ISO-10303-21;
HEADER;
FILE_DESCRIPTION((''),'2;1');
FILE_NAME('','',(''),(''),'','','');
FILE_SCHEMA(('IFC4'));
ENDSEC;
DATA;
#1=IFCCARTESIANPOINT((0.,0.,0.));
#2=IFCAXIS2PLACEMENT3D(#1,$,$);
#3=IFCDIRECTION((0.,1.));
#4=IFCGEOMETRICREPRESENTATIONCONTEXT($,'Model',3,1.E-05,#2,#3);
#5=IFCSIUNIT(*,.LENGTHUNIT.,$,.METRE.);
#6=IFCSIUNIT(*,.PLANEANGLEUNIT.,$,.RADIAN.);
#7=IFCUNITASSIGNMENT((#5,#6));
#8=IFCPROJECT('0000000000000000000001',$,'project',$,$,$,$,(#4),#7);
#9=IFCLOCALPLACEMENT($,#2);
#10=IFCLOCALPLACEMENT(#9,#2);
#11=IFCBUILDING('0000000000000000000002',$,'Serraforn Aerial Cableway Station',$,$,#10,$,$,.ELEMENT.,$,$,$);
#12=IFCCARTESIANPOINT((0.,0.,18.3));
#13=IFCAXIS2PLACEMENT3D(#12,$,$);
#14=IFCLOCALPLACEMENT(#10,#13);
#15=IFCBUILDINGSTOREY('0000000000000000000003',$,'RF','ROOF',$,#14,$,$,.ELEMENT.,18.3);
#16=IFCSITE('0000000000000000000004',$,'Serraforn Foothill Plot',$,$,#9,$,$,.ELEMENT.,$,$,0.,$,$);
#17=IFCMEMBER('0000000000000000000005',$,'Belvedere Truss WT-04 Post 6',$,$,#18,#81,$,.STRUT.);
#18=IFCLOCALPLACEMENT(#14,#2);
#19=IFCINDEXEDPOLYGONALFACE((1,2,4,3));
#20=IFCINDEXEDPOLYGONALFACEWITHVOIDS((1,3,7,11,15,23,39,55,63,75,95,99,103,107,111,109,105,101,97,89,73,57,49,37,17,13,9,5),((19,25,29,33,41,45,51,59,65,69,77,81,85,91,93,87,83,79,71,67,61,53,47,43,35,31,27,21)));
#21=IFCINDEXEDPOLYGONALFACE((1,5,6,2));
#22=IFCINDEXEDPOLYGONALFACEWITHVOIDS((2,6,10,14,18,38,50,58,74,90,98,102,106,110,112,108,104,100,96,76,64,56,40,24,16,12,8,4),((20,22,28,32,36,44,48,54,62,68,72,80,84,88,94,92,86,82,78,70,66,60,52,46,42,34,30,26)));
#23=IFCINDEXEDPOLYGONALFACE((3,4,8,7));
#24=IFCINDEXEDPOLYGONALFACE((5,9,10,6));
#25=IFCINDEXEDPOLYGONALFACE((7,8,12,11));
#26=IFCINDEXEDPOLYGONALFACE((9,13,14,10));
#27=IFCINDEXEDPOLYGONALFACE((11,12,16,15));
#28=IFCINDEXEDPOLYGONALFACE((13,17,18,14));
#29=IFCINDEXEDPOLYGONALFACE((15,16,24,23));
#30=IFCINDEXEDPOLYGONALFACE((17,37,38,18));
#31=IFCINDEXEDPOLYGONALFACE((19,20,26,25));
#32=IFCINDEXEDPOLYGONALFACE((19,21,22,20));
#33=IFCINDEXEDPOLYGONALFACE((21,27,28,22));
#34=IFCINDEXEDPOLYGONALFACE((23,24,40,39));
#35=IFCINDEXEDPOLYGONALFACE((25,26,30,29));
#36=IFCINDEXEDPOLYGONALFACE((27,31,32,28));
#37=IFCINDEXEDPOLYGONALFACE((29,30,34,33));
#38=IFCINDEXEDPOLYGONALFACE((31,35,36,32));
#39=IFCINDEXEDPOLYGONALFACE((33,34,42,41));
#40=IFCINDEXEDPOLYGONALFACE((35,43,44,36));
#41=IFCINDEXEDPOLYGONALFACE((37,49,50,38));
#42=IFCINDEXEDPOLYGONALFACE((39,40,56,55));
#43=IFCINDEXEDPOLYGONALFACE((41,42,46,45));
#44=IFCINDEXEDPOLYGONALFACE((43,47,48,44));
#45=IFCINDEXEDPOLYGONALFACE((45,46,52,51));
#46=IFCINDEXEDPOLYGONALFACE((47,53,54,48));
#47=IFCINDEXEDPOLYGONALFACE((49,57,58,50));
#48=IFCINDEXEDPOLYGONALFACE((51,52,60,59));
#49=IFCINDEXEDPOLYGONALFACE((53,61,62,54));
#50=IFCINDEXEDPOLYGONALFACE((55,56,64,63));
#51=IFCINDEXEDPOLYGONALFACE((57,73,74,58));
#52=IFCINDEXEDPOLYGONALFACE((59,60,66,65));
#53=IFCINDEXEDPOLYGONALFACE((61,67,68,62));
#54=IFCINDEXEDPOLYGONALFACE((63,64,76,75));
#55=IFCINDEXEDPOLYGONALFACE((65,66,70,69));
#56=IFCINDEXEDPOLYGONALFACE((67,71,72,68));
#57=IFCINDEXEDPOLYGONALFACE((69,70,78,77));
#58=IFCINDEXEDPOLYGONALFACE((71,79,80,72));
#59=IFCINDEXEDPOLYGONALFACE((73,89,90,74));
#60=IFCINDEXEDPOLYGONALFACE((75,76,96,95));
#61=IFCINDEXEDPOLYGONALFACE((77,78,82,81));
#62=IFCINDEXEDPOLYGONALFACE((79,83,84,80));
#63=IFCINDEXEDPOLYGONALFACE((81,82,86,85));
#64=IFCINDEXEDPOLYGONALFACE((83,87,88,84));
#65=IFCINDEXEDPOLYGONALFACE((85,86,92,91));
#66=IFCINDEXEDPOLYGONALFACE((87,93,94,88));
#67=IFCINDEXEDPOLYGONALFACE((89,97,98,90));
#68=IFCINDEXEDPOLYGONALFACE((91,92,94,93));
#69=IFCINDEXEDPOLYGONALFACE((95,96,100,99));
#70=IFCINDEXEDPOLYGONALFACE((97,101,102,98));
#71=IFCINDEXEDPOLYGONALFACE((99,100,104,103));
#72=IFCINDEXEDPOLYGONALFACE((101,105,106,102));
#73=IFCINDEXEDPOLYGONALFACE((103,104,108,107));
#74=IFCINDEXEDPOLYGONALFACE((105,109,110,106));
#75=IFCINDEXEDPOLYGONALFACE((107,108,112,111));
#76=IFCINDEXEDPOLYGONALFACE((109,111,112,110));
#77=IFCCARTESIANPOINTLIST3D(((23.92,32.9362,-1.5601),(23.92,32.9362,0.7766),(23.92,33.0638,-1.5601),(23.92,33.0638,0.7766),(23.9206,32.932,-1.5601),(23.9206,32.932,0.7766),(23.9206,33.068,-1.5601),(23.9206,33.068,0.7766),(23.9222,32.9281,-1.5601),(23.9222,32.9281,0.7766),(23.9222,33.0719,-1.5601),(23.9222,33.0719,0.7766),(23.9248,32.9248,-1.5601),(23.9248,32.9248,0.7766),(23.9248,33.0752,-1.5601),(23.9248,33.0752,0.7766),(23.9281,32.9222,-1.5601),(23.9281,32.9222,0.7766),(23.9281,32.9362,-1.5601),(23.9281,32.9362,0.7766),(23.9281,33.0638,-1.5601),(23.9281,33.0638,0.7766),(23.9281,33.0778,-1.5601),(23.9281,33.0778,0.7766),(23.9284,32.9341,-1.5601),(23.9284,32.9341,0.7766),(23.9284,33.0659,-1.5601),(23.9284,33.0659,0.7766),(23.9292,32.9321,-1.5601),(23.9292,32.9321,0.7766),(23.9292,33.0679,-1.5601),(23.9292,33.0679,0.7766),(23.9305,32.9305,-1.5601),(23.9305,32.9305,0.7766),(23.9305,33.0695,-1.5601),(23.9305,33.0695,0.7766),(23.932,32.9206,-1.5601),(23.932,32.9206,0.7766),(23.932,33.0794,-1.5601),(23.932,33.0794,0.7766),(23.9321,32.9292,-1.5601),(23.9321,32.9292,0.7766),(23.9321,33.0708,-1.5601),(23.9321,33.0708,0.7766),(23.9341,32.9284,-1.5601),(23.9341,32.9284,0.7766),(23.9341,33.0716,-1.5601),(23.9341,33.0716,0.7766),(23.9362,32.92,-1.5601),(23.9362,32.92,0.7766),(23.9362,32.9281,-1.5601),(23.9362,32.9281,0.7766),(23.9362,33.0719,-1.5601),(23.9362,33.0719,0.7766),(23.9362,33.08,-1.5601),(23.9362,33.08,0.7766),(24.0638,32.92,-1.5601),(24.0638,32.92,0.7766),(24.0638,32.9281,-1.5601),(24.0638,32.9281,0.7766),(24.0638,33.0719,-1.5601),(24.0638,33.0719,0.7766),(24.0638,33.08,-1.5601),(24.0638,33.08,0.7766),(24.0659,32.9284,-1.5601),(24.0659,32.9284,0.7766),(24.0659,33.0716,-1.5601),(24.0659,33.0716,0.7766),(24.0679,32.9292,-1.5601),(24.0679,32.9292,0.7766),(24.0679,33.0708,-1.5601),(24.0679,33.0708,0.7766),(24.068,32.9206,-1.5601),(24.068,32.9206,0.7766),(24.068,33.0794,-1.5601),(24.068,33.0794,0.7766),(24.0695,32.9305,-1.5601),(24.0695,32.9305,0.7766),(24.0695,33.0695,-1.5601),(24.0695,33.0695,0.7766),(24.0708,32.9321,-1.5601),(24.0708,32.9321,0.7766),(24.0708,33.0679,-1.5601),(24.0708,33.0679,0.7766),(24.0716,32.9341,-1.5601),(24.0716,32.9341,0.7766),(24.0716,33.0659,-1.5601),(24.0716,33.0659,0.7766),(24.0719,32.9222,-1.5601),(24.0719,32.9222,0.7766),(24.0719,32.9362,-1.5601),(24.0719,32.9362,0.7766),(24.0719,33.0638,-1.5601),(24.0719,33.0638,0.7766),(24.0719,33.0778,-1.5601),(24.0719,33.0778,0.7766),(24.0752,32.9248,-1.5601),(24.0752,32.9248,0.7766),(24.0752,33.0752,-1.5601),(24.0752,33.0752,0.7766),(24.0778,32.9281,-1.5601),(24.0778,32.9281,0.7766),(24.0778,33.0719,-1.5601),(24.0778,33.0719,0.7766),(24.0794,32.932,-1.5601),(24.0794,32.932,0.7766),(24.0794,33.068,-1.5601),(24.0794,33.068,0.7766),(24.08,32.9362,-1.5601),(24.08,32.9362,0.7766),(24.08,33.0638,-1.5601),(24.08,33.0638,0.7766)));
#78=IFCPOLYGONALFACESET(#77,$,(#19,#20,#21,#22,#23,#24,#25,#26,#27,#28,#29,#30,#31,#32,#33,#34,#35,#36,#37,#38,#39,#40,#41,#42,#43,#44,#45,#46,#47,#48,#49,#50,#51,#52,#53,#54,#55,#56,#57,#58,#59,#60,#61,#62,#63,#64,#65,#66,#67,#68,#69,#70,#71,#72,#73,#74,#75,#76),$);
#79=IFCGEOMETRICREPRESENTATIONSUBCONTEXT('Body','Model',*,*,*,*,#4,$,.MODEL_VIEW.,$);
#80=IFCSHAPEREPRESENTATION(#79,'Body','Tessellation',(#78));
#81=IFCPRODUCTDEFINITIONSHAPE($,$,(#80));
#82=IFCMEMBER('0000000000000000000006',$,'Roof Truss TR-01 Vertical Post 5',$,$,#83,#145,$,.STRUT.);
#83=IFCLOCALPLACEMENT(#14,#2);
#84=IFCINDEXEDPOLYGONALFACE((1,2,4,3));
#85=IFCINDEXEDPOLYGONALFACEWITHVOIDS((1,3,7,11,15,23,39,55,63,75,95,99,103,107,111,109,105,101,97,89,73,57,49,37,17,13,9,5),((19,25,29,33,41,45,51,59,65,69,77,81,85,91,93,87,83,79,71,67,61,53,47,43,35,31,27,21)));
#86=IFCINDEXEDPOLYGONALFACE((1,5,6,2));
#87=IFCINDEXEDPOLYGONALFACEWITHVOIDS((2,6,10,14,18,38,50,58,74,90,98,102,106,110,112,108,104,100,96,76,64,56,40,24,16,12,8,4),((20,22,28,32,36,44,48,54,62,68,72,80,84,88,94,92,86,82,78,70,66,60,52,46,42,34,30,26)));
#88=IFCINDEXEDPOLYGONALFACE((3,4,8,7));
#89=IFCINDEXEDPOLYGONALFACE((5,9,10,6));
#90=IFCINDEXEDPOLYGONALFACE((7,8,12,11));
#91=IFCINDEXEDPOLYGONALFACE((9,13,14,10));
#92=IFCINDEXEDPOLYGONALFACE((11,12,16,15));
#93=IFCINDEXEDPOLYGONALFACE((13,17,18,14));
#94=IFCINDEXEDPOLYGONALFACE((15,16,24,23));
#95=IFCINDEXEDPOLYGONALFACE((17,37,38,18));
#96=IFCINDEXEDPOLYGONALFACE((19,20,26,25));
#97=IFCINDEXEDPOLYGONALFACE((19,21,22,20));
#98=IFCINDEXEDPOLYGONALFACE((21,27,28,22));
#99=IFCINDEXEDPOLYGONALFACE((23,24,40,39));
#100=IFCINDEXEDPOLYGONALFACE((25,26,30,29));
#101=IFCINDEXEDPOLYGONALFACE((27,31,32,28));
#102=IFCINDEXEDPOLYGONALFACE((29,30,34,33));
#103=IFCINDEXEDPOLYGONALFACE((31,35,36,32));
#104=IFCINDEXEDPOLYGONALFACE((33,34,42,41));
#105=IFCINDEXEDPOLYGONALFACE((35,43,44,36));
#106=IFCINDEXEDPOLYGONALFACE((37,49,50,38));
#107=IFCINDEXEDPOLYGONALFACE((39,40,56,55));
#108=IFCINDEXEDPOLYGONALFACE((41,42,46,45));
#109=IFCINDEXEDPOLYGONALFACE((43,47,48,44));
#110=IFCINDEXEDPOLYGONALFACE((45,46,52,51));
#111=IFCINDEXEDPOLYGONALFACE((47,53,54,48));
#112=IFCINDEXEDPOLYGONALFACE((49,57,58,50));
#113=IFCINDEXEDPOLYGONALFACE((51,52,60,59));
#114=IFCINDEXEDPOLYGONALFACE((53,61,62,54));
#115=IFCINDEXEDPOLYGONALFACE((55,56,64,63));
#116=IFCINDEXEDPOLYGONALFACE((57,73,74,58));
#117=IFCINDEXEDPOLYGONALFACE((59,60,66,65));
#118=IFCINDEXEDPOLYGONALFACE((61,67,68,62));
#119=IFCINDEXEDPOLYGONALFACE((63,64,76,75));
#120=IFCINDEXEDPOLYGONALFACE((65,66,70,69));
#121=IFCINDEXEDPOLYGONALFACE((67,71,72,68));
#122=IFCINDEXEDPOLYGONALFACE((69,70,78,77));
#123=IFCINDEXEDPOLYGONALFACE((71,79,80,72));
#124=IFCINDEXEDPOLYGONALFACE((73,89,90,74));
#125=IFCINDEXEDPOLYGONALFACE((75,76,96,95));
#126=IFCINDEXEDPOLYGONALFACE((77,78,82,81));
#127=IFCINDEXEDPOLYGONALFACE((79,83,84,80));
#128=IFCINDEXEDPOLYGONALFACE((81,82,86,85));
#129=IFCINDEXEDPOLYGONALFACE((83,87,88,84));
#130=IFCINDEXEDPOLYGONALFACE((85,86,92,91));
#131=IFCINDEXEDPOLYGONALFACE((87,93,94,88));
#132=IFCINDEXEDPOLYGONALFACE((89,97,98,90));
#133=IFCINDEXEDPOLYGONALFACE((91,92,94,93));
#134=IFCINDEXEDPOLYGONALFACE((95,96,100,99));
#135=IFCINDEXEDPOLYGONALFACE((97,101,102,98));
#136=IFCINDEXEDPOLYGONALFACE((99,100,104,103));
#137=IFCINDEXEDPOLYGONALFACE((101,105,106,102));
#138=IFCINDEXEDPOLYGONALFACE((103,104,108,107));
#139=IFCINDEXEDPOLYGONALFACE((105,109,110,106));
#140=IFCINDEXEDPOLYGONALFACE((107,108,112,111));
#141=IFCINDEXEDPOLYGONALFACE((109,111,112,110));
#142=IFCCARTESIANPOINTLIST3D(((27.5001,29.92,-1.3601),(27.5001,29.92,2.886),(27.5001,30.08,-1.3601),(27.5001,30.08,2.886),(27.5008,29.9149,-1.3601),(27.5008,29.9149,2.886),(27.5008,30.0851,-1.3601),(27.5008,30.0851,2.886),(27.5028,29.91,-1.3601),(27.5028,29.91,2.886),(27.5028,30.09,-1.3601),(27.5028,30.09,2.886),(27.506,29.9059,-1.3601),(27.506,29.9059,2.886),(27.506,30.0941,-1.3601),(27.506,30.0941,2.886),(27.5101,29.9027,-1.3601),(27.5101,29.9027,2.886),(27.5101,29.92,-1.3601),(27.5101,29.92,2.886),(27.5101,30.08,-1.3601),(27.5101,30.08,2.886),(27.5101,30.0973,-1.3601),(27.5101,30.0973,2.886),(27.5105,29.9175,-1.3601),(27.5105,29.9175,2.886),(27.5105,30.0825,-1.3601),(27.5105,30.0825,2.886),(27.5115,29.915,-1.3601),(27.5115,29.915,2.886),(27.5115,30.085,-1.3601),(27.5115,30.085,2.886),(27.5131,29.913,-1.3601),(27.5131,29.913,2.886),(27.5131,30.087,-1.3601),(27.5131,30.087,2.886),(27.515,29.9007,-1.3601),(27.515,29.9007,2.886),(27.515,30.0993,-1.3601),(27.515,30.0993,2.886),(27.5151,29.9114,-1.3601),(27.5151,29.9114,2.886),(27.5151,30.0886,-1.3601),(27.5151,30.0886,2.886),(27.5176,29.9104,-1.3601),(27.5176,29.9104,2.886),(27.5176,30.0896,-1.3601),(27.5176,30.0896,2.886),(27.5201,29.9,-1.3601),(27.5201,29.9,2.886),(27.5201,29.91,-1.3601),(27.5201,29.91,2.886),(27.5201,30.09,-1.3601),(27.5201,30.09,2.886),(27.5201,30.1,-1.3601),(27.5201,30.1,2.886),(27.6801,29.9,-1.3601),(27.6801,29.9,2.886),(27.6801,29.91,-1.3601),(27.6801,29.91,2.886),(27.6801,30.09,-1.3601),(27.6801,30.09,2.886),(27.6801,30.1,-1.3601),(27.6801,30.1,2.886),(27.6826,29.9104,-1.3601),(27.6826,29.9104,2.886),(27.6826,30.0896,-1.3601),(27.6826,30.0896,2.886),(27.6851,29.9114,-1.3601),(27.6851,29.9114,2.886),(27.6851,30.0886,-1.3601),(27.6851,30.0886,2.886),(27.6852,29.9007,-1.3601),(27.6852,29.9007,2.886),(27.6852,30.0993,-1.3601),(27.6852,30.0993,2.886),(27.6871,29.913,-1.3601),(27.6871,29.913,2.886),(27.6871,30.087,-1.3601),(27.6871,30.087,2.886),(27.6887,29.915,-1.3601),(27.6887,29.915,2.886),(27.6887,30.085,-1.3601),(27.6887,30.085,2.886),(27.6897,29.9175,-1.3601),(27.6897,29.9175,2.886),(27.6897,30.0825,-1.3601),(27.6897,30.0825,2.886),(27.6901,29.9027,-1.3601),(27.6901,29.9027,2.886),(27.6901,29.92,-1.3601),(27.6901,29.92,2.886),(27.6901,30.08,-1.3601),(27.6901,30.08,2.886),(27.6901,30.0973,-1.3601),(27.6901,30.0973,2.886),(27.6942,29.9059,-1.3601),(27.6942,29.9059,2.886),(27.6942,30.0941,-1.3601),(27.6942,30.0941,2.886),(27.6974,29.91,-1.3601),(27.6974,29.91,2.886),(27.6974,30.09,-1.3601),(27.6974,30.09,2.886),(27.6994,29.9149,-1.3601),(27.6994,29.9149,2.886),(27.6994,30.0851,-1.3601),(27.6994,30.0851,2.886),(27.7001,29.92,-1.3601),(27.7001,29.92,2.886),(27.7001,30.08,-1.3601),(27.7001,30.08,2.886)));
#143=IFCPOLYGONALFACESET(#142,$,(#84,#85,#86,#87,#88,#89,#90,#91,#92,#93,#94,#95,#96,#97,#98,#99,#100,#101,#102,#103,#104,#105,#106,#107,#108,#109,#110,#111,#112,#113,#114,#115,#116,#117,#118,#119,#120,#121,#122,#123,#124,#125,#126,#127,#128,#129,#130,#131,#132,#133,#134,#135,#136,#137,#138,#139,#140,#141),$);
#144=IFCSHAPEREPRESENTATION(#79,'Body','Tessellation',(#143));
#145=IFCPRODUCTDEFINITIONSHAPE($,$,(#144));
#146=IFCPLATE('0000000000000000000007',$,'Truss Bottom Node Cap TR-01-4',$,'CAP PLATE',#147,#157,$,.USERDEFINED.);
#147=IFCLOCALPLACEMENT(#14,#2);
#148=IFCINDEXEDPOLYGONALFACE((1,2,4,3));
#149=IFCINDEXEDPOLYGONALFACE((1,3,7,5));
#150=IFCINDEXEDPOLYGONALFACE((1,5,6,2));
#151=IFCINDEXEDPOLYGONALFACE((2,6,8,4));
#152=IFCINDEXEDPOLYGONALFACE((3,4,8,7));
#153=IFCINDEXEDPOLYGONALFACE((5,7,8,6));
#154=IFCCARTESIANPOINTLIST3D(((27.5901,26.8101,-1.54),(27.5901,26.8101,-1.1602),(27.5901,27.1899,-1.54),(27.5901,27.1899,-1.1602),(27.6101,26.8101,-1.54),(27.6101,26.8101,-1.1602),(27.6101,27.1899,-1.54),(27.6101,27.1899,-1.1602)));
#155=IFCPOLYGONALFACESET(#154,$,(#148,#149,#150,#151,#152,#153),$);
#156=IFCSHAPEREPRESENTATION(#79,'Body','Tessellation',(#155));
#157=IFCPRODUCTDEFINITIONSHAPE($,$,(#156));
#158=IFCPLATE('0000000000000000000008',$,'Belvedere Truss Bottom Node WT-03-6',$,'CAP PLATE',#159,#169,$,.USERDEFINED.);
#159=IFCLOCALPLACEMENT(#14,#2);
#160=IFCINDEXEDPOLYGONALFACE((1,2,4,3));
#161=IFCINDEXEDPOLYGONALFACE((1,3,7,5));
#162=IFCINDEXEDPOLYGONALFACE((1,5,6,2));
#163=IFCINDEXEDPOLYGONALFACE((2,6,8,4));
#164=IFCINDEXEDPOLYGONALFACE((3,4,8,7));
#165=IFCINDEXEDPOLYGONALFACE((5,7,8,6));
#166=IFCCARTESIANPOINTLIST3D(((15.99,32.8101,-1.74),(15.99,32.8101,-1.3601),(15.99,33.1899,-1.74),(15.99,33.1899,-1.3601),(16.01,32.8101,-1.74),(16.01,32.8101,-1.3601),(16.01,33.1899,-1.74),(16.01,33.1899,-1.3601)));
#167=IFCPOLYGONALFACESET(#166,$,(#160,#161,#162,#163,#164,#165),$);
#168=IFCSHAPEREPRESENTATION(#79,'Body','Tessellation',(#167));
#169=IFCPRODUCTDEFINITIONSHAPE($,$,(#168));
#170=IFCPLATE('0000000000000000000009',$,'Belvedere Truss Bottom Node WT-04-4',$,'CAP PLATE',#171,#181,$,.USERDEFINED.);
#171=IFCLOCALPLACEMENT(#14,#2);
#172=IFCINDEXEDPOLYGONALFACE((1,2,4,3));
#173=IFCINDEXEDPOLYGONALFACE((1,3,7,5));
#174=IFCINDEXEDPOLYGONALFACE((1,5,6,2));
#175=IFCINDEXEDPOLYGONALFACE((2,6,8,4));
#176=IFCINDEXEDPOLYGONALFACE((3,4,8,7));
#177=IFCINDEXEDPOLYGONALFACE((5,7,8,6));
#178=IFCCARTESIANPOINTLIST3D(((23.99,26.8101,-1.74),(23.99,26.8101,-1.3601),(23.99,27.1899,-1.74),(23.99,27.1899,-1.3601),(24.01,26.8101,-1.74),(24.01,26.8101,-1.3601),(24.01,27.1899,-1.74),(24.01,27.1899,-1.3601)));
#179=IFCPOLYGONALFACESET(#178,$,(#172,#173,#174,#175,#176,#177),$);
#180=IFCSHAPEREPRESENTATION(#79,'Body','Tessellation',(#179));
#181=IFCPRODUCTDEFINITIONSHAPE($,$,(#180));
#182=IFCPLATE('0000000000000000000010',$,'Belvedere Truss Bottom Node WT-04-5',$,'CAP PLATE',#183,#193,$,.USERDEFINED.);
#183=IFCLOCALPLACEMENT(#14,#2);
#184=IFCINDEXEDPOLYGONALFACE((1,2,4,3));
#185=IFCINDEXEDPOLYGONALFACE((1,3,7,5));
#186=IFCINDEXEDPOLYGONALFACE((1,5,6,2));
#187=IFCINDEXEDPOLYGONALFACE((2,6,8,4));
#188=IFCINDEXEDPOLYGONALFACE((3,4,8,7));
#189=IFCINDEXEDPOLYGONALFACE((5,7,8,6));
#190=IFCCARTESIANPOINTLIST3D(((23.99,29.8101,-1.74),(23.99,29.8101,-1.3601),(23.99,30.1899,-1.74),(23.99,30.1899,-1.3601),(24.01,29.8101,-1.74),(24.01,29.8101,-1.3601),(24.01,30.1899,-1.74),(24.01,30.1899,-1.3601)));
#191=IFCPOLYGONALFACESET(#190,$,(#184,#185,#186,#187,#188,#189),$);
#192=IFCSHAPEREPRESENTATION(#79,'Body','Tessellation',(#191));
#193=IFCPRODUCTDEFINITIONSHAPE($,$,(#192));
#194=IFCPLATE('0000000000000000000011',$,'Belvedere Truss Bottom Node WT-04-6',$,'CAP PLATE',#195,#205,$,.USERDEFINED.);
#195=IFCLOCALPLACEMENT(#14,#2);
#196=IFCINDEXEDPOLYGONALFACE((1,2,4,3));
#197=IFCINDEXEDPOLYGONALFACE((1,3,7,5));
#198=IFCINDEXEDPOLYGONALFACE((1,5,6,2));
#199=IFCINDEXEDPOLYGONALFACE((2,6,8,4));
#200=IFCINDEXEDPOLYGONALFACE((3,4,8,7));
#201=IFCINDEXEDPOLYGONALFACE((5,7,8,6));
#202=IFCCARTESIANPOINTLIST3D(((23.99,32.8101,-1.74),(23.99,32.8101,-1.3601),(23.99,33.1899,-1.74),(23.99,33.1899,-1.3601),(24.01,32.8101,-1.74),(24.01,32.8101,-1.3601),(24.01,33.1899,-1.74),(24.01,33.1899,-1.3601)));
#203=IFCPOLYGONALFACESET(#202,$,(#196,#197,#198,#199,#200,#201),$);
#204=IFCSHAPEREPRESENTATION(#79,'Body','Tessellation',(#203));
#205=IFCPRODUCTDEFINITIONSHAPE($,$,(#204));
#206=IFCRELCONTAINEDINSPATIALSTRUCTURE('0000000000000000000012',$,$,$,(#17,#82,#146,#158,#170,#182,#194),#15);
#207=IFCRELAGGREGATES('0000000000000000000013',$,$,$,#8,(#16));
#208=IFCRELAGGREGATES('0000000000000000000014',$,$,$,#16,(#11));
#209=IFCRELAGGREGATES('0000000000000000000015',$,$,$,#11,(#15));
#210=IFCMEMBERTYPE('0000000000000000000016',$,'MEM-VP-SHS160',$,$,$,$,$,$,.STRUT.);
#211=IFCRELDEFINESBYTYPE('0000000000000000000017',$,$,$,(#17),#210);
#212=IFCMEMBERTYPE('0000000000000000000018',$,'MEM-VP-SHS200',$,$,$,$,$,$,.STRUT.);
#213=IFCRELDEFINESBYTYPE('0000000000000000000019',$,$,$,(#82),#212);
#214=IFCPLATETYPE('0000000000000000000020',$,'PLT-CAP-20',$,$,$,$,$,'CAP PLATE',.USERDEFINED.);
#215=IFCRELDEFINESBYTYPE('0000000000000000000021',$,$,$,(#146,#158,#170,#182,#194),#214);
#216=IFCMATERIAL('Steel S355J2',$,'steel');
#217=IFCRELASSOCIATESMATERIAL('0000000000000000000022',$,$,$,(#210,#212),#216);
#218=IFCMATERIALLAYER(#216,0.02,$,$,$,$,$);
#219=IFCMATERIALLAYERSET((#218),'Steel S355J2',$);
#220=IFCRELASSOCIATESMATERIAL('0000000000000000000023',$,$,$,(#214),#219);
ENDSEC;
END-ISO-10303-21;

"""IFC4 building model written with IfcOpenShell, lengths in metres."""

from ifc_helpers import new_model, si_unit, direction, frame, origin, origin_2d, place, context, subcontext, project, spatial, rectangle, hollow_rectangle, extrude, material, layer, layer_set, material_profile, profile_set, type_object, element, save


model = new_model("IFC4")

# Units and contexts
model_context = context("Model", 3, precision=1e-05, world=origin(), true_north=direction((0.0, 1.0)))
body_context = subcontext(model_context, "Body", "Model", "MODEL_VIEW")
ifc_project = project(units=[si_unit("LENGTHUNIT", "METRE"), si_unit("PLANEANGLEUNIT", "RADIAN")], contexts=[model_context])

# Site, building, storey
site_placement = place(None, origin())
site = spatial("IfcSite", under=ifc_project, at=site_placement, Name="Serraforn Foothill Plot", CompositionType="ELEMENT", RefElevation=0.0)
building_placement = place(site_placement, origin())
building = spatial("IfcBuilding", under=site, at=building_placement, Name="Serraforn Aerial Cableway Station", CompositionType="ELEMENT")
storey_placement = place(building_placement, frame((0.0, 0.0, 18.3)))
storey = spatial("IfcBuildingStorey", under=building, at=storey_placement, Name="RF", Description="ROOF", CompositionType="ELEMENT", Elevation=18.3)

# Members
ifc_material_1 = material(Name="Steel S355J2", Category="steel")
ifc_material_profile_1 = material_profile(ifc_material_1, hollow_rectangle(XDim=0.1599, YDim=0.1599, WallThickness=0.0081, InnerFilletRadius=0.0081, OuterFilletRadius=0.0161, at=origin_2d()), Name="SHS 160x160x8.0")
ifc_profile_set_1 = profile_set([ifc_material_profile_1], Name="Steel S355J2")
member_type_1 = type_object("IfcMemberType", Name="MEM-VP-SHS160", PredefinedType="STRUT", material=ifc_profile_set_1)
member_1_placement = place(storey_placement, frame((24.0, 33.0, -1.5601), z_axis=(0.0, 0.0, 1.0), x_axis=(1.0, 0.0, 0.0)))
element("IfcMember", 1, at=member_1_placement, inside=storey, type_object=member_type_1, Name="Belvedere Truss WT-04 Post 6", PredefinedType="STRUT", context=body_context, shape_type="SweptSolid", body=[
    extrude(hollow_rectangle(XDim=0.1599, YDim=0.1599, WallThickness=0.0081, InnerFilletRadius=0.0081, OuterFilletRadius=0.0161, at=origin_2d()), origin(), (0.0, 0.0, 1.0), 2.3367),
])
ifc_material_profile_2 = material_profile(ifc_material_1, hollow_rectangle(XDim=0.2, YDim=0.2, WallThickness=0.01, InnerFilletRadius=0.01, OuterFilletRadius=0.02, at=origin_2d()), Name="SHS 200x200x10.0")
ifc_profile_set_2 = profile_set([ifc_material_profile_2], Name="Steel S355J2")
member_type_2 = type_object("IfcMemberType", Name="MEM-VP-SHS200", PredefinedType="STRUT", material=ifc_profile_set_2)
member_2_placement = place(storey_placement, frame((27.6001, 30.0, -1.3601), z_axis=(0.0, 0.0, 1.0), x_axis=(1.0, 0.0, 0.0)))
element("IfcMember", 2, at=member_2_placement, inside=storey, type_object=member_type_2, Name="Roof Truss TR-01 Vertical Post 5", PredefinedType="STRUT", context=body_context, shape_type="SweptSolid", body=[
    extrude(hollow_rectangle(XDim=0.2, YDim=0.2, WallThickness=0.01, InnerFilletRadius=0.01, OuterFilletRadius=0.02, at=origin_2d()), origin(), (0.0, 0.0, 1.0), 4.2461),
])

# Plates
ifc_layer_1 = layer(ifc_material_1, 0.02)
ifc_layer_set_1 = layer_set([ifc_layer_1], Name="Steel S355J2")
plate_type_1 = type_object("IfcPlateType", Name="PLT-CAP-20", ElementType="CAP PLATE", PredefinedType="USERDEFINED", material=ifc_layer_set_1)
for number, where, z_axis, x_axis, name in (
    (3, (27.6001, 27.0, -1.54), (0.0, 0.0, 1.0), (1.0, 0.0, 0.0), "Truss Bottom Node Cap TR-01-4"),
    (4, (16.0, 33.0, -1.74), (0.0, 0.0, 1.0), (1.0, 0.0, 0.0), "Belvedere Truss Bottom Node WT-03-6"),
    (5, (24.0, 27.0, -1.74), (0.0, 0.0, 1.0), (1.0, 0.0, 0.0), "Belvedere Truss Bottom Node WT-04-4"),
    (6, (24.0, 30.0, -1.74), (0.0, 0.0, 1.0), (1.0, 0.0, 0.0), "Belvedere Truss Bottom Node WT-04-5"),
    (7, (24.0, 33.0, -1.74), (0.0, 0.0, 1.0), (1.0, 0.0, 0.0), "Belvedere Truss Bottom Node WT-04-6"),
):
    element("IfcPlate", number, at=place(storey_placement, frame(where, z_axis=z_axis, x_axis=x_axis)), inside=storey, type_object=plate_type_1, Name=name, ObjectType="CAP PLATE", PredefinedType="USERDEFINED", context=body_context, shape_type="SweptSolid", body=[
        extrude(rectangle(XDim=0.02, YDim=0.3799, at=origin_2d()), origin(), (0.0, 0.0, 1.0), 0.3799),
    ])

save(model, "model.ifc")
